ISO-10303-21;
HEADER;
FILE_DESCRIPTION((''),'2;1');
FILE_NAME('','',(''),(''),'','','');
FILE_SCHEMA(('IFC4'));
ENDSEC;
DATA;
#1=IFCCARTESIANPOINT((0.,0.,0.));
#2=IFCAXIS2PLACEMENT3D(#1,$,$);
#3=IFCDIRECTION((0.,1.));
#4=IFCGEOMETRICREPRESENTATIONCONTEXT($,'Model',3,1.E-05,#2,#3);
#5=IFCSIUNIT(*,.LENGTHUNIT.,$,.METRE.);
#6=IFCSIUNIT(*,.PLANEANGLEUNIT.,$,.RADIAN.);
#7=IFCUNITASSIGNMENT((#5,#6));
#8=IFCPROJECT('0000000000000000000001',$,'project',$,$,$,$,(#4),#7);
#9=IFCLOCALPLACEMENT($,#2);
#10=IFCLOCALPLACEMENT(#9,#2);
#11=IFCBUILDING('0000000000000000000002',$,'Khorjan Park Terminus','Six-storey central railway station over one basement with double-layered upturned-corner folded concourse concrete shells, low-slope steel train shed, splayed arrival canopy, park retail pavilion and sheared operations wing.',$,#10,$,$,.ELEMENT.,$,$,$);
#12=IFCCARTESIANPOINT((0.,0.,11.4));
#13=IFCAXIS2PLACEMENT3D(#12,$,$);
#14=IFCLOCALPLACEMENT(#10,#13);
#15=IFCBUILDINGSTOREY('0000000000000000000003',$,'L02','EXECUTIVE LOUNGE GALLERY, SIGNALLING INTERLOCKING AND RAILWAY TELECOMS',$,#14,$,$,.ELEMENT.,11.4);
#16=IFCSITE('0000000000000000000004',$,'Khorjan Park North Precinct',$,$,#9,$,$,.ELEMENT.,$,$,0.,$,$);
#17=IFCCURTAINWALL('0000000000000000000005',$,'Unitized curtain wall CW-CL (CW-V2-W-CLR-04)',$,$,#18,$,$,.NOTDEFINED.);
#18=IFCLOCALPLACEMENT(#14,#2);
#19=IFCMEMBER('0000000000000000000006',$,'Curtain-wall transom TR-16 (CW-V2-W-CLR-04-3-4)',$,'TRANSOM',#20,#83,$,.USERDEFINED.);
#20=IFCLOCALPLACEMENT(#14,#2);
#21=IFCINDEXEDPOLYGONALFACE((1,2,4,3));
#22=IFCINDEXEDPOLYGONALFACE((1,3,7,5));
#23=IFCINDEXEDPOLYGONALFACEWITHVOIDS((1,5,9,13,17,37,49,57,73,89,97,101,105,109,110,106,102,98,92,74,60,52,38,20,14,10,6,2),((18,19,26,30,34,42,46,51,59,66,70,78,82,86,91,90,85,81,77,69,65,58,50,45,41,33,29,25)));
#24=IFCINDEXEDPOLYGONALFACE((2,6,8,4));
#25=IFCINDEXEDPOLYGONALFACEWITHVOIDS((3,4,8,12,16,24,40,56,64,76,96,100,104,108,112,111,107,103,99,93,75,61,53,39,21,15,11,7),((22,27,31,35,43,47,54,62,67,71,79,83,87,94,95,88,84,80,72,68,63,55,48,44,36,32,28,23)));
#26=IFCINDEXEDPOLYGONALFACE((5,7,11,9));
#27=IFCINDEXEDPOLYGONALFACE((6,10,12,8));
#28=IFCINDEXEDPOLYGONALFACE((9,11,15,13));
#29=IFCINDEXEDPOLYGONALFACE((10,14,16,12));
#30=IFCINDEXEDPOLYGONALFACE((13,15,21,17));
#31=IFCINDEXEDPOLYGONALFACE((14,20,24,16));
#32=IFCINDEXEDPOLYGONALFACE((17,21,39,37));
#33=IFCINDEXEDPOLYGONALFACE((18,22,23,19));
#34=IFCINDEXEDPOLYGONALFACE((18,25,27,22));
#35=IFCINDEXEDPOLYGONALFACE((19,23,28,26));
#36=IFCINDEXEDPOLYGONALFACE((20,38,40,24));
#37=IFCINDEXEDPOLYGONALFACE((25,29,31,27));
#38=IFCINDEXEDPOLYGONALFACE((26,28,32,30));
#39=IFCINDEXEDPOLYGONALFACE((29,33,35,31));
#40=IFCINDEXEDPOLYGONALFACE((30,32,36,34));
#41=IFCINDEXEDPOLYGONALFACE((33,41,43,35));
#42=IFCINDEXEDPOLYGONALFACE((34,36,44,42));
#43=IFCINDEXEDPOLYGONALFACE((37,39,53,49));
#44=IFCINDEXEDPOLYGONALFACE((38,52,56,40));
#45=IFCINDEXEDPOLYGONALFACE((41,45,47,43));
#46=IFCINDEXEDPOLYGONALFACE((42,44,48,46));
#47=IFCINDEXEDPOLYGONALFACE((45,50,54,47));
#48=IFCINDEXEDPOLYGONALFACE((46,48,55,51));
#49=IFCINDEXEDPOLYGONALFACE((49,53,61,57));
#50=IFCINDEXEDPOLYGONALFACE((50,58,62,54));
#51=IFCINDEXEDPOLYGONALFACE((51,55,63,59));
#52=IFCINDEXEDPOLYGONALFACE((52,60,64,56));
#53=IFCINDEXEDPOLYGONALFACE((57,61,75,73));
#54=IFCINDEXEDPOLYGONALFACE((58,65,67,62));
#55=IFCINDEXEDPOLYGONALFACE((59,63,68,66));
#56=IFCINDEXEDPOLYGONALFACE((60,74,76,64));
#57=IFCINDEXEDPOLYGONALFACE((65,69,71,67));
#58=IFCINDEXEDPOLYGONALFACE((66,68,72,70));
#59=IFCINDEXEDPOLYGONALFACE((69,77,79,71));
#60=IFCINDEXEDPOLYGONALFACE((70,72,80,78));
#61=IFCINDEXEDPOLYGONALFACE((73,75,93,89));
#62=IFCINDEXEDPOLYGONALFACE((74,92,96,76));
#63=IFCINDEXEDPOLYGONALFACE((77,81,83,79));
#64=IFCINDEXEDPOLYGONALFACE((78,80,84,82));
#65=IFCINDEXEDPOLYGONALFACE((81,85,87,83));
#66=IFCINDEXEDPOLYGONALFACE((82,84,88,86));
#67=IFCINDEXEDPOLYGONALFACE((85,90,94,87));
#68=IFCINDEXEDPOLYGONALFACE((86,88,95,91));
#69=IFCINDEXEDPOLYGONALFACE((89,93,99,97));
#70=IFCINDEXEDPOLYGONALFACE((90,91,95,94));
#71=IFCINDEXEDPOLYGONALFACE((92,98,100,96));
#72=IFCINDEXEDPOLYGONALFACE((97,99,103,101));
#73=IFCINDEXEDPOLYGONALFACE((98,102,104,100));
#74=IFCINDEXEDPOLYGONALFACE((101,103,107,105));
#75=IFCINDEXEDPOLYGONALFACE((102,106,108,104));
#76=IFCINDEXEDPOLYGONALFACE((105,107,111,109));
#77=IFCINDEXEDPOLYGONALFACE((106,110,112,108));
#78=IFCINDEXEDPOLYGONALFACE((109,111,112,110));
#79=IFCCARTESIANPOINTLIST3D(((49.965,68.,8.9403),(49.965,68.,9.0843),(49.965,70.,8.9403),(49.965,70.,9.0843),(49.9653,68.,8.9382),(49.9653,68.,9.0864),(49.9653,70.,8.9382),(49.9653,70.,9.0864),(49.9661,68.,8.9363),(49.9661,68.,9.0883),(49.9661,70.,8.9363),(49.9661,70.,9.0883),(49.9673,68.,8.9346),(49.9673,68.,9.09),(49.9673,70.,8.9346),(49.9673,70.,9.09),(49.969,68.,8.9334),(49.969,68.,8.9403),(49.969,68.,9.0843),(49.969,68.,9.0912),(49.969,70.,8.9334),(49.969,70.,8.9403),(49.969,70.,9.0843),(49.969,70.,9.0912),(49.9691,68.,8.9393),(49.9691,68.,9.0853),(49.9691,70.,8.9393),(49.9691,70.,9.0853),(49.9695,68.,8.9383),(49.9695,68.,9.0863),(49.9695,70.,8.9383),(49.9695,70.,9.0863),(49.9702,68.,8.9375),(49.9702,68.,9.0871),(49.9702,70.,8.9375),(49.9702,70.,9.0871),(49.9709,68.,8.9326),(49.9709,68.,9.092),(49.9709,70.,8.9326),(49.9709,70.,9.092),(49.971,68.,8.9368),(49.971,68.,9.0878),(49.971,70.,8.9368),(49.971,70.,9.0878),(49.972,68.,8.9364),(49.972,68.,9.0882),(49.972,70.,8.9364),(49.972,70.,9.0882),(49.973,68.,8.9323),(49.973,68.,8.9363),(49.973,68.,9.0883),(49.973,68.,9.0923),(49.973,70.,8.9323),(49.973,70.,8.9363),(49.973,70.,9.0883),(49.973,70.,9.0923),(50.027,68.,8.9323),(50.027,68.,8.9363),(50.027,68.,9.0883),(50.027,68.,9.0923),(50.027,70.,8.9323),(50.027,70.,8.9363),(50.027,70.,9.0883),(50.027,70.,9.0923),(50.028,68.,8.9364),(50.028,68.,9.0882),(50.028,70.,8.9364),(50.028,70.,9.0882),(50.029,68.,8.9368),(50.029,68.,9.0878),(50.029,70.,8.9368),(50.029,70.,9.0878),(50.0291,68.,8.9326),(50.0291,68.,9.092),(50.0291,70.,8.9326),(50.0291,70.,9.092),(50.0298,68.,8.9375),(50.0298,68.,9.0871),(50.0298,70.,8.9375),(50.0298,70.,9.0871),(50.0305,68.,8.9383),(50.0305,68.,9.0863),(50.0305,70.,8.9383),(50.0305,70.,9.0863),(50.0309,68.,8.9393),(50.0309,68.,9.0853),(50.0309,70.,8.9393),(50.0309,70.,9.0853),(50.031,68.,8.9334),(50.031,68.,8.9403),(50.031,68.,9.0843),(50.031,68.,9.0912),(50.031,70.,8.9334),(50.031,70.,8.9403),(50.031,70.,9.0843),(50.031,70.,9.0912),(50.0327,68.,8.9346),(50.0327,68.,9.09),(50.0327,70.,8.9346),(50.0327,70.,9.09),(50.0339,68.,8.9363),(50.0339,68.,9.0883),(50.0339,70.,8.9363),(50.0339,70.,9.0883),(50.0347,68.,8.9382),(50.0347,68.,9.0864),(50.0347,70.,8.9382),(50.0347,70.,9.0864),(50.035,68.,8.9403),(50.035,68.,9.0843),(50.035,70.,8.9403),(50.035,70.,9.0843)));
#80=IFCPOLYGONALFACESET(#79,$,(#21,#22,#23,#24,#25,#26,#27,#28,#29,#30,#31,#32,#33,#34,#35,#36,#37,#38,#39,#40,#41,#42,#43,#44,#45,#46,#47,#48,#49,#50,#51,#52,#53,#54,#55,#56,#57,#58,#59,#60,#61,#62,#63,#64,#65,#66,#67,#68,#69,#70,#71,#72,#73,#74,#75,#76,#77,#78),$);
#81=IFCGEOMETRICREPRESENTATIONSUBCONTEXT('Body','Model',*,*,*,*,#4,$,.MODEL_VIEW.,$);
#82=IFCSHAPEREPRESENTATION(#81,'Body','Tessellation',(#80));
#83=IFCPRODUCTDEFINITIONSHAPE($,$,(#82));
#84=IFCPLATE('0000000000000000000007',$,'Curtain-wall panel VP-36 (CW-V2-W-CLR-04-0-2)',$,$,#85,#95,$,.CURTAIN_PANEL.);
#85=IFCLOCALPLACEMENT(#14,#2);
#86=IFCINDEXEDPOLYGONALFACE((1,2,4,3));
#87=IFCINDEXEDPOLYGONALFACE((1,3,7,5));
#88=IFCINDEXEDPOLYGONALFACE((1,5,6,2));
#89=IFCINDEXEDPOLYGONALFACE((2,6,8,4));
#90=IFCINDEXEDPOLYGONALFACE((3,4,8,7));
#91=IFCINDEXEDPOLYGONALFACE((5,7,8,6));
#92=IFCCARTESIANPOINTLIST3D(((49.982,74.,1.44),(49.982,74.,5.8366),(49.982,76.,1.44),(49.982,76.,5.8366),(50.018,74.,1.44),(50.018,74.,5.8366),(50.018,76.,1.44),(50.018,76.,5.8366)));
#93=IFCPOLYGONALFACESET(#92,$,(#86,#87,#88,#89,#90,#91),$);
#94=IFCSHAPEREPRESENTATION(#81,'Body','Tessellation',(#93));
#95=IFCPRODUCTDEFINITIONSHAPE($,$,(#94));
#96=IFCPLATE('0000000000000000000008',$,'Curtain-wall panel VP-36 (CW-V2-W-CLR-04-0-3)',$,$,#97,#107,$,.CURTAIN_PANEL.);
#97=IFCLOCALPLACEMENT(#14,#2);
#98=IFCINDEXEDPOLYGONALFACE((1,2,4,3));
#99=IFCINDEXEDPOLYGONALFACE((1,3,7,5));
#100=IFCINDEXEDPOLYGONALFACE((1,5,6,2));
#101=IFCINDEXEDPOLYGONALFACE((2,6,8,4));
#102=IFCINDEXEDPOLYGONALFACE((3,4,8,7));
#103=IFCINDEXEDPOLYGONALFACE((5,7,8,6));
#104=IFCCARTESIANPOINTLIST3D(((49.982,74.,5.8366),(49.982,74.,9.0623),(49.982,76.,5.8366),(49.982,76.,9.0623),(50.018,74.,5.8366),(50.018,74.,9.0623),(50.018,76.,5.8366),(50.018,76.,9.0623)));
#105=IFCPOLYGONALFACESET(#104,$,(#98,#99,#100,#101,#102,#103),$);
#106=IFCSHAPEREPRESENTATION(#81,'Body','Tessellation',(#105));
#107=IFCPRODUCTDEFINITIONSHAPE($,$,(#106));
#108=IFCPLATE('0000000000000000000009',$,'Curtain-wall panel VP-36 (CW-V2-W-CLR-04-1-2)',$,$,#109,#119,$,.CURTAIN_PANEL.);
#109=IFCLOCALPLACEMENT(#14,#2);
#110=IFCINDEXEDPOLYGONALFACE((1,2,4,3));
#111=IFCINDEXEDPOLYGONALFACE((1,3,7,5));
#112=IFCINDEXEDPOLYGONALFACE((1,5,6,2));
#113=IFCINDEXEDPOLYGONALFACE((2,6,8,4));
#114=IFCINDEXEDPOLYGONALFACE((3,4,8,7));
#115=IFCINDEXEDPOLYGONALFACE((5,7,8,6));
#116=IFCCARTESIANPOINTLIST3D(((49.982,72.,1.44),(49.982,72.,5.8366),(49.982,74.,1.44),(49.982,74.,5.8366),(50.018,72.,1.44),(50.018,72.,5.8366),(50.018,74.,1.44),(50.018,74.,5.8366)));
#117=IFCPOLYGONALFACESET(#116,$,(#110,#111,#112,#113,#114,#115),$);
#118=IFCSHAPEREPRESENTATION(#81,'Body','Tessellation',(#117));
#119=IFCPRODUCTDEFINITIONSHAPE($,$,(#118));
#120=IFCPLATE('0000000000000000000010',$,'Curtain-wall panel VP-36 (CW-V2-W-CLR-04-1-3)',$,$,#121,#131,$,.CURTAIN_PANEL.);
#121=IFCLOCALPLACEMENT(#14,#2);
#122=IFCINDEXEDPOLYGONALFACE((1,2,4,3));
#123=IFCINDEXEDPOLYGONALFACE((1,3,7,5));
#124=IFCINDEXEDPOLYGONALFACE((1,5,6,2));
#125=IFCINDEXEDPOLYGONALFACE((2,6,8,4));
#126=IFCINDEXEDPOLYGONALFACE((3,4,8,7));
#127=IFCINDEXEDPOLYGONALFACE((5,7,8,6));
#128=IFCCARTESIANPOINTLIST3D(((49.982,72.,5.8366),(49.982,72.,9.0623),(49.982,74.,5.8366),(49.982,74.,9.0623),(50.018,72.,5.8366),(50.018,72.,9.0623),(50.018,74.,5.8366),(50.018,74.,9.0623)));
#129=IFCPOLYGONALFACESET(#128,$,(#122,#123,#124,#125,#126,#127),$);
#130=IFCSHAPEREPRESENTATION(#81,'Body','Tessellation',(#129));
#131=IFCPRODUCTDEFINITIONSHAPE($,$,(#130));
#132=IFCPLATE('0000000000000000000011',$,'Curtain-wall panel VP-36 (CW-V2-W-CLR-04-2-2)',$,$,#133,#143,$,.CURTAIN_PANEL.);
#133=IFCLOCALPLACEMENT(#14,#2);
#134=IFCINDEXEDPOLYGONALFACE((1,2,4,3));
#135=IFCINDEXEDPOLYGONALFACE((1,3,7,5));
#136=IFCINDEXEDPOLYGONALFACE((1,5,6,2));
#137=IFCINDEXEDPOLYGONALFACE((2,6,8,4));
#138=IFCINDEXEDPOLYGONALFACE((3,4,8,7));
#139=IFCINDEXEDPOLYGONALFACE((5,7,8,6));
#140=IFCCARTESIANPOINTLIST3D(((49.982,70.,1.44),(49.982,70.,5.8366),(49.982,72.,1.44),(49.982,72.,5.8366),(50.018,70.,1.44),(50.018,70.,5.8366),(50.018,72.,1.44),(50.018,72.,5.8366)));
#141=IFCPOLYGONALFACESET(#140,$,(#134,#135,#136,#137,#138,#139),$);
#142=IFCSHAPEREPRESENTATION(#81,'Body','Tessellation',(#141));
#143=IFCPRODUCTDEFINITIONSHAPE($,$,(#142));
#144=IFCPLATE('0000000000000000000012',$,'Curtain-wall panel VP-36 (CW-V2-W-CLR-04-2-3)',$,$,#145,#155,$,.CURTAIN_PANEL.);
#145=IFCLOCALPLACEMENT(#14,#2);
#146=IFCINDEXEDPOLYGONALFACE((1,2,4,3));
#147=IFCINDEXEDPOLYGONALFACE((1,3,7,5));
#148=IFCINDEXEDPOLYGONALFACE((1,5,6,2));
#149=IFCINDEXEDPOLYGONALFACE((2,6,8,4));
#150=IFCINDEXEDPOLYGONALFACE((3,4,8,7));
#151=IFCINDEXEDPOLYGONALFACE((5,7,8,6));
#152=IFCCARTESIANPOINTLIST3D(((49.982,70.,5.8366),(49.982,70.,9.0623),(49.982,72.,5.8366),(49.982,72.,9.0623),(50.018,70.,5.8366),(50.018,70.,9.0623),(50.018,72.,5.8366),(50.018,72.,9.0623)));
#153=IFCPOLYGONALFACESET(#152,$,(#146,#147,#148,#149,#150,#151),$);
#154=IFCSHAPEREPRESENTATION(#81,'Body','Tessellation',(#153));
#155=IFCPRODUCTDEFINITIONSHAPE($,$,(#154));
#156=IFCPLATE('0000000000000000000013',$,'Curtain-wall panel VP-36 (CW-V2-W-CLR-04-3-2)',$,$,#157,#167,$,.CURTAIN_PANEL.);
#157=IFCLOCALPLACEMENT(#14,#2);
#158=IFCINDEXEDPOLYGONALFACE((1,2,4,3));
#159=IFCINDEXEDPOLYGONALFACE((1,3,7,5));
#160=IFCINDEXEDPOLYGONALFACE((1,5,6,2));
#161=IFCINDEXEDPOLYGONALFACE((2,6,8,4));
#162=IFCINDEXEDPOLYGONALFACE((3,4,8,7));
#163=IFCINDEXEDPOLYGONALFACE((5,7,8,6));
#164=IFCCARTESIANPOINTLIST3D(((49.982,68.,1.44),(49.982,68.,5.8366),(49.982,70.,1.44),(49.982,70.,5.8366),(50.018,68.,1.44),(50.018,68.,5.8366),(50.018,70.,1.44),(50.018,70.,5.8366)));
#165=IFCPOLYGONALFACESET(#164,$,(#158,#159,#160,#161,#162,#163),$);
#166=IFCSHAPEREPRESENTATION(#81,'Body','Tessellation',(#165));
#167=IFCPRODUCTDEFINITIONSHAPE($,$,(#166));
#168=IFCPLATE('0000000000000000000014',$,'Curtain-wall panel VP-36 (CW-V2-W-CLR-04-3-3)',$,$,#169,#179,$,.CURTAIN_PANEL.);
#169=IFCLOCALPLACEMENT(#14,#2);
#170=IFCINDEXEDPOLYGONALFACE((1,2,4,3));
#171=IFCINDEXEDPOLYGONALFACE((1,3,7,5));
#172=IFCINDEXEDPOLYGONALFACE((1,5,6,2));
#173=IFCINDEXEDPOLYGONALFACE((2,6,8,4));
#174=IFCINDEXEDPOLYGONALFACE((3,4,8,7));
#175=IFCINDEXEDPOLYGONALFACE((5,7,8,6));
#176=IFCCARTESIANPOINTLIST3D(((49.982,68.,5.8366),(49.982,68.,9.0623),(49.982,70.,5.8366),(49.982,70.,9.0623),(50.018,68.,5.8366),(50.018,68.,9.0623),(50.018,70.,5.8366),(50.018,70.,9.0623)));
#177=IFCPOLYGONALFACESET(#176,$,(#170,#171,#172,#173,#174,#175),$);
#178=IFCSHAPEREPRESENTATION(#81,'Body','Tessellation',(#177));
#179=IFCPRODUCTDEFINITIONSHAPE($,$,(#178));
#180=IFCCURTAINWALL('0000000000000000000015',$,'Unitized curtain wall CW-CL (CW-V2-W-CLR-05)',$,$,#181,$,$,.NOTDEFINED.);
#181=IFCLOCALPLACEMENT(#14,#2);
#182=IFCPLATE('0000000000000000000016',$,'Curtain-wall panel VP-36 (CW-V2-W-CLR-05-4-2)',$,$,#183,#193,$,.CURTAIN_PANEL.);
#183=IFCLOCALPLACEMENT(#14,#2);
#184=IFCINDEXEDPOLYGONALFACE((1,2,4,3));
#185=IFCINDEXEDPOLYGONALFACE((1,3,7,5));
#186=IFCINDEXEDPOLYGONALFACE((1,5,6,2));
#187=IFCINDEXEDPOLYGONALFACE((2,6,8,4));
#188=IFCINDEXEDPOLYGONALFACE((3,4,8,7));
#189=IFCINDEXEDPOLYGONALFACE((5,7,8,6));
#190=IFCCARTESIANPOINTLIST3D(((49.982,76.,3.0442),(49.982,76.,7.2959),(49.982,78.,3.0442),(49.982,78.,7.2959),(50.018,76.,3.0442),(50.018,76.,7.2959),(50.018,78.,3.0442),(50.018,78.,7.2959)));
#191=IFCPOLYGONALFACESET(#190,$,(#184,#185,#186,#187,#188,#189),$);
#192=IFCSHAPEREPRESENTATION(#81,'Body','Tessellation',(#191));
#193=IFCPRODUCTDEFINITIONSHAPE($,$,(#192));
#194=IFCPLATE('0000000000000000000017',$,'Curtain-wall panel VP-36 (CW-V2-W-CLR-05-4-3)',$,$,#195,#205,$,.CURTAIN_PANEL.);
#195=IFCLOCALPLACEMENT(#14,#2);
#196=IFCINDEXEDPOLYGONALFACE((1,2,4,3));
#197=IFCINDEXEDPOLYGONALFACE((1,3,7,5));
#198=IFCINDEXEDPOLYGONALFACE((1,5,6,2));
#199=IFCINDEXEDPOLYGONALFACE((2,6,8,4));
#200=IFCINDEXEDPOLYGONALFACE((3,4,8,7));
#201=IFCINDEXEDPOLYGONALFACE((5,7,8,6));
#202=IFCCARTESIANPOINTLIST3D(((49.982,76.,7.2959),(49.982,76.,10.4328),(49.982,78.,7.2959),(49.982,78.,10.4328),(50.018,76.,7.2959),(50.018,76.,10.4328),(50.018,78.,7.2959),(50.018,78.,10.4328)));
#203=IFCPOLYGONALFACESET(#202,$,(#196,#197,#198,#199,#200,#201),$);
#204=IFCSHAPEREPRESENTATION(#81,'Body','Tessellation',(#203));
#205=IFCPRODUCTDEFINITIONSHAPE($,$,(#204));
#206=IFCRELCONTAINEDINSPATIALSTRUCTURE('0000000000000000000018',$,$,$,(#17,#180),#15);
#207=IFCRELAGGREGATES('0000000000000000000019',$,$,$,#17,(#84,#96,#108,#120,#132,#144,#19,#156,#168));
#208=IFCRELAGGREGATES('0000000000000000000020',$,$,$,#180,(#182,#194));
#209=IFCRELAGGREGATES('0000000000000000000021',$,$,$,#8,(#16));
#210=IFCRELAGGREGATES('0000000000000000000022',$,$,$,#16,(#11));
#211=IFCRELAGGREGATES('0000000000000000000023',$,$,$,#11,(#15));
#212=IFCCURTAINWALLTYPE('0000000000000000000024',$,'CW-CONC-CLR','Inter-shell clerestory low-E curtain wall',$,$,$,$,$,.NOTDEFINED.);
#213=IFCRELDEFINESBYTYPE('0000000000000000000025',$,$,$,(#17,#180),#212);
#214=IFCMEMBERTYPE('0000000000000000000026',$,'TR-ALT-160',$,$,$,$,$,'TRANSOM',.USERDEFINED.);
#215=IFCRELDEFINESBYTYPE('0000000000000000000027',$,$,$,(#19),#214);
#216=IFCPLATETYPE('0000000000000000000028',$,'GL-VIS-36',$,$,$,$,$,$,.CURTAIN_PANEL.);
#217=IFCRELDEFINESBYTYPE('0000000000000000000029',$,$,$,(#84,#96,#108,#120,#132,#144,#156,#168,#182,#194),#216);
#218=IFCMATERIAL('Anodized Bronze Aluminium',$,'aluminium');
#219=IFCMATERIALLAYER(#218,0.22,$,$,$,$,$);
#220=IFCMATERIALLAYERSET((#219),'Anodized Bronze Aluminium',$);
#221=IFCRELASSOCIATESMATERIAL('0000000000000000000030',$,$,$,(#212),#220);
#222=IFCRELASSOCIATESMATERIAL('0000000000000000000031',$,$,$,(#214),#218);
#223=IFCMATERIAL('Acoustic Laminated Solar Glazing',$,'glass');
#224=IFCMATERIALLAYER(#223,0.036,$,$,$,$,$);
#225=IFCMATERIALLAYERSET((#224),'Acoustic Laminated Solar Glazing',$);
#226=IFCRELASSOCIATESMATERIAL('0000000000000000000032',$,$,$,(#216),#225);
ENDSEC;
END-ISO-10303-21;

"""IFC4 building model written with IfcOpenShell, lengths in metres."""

from ifc_helpers import new_model, si_unit, direction, frame, origin, origin_2d, place, context, subcontext, project, spatial, rectangle, hollow_rectangle, extrude, material, layer, layer_set, material_profile, profile_set, type_object, element, aggregate, save


model = new_model("IFC4")

# Units and contexts
model_context = context("Model", 3, precision=1e-05, world=origin(), true_north=direction((0.0, 1.0)))
body_context = subcontext(model_context, "Body", "Model", "MODEL_VIEW")
ifc_project = project(units=[si_unit("LENGTHUNIT", "METRE"), si_unit("PLANEANGLEUNIT", "RADIAN")], contexts=[model_context])

# Site, building, storey
site_placement = place(None, origin())
site = spatial("IfcSite", under=ifc_project, at=site_placement, Name="Khorjan Park North Precinct", CompositionType="ELEMENT", RefElevation=0.0)
building_placement = place(site_placement, origin())
building = spatial("IfcBuilding", under=site, at=building_placement, Name="Khorjan Park Terminus", Description="Six-storey central railway station over one basement with double-layered upturned-corner folded concourse concrete shells, low-slope steel train shed, splayed arrival canopy, park retail pavilion and sheared operations wing.", CompositionType="ELEMENT")
storey_placement = place(building_placement, frame((0.0, 0.0, 11.4)))
storey = spatial("IfcBuildingStorey", under=building, at=storey_placement, Name="L02", Description="EXECUTIVE LOUNGE GALLERY, SIGNALLING INTERLOCKING AND RAILWAY TELECOMS", CompositionType="ELEMENT", Elevation=11.4)

# Curtain wall, member, plates
ifc_material_1 = material(Name="Anodized Bronze Aluminium", Category="aluminium")
ifc_layer_1 = layer(ifc_material_1, 0.22)
ifc_layer_set_1 = layer_set([ifc_layer_1], Name="Anodized Bronze Aluminium")
curtain_wall_type = type_object("IfcCurtainWallType", Name="CW-CONC-CLR", Description="Inter-shell clerestory low-E curtain wall", PredefinedType="NOTDEFINED", material=ifc_layer_set_1)
curtain_wall_1_placement = place(storey_placement, origin())
curtain_wall_1 = element("IfcCurtainWall", 1, at=curtain_wall_1_placement, inside=storey, type_object=curtain_wall_type, Name="Unitized curtain wall CW-CL (CW-V2-W-CLR-04)", PredefinedType="NOTDEFINED")
ifc_material_profile_1 = material_profile(ifc_material_1, hollow_rectangle(XDim=0.07, YDim=0.16, WallThickness=0.004, InnerFilletRadius=0.004, OuterFilletRadius=0.008, at=origin_2d()), Name="ALT 70x160x4")
ifc_profile_set_1 = profile_set([ifc_material_profile_1], Name="Anodized Bronze Aluminium")
member_type_1 = type_object("IfcMemberType", Name="TR-ALT-160", ElementType="TRANSOM", PredefinedType="USERDEFINED", material=ifc_profile_set_1)
member_1_placement = place(storey_placement, frame((50.0, 70.0, 9.0123), z_axis=(0.0, -1.0, 0.0), x_axis=(1.0, 0.0, 0.0)))
member_1 = element("IfcMember", 2, at=member_1_placement, type_object=member_type_1, Name="Curtain-wall transom TR-16 (CW-V2-W-CLR-04-3-4)", ObjectType="TRANSOM", PredefinedType="USERDEFINED", context=body_context, shape_type="SweptSolid", body=[
    extrude(hollow_rectangle(XDim=0.07, YDim=0.16, WallThickness=0.004, InnerFilletRadius=0.004, OuterFilletRadius=0.008, at=origin_2d()), origin(), (0.0, 0.0, 1.0), 2.0),
])
ifc_material_2 = material(Name="Acoustic Laminated Solar Glazing", Category="glass")
ifc_layer_2 = layer(ifc_material_2, 0.036)
ifc_layer_set_2 = layer_set([ifc_layer_2], Name="Acoustic Laminated Solar Glazing")
plate_type_1 = type_object("IfcPlateType", Name="GL-VIS-36", PredefinedType="CURTAIN_PANEL", material=ifc_layer_set_2)
plate_1_placement = place(storey_placement, frame((50.0, 75.0, 1.44), z_axis=(0.0, 0.0, 1.0), x_axis=(0.0, -1.0, 0.0)))
plate_1 = element("IfcPlate", 3, at=plate_1_placement, type_object=plate_type_1, Name="Curtain-wall panel VP-36 (CW-V2-W-CLR-04-0-2)", PredefinedType="CURTAIN_PANEL", context=body_context, shape_type="SweptSolid", body=[
    extrude(rectangle(XDim=2.0, YDim=0.036, at=origin_2d()), origin(), (0.0, 0.0, 1.0), 4.3966),
])
plate_2_placement = place(storey_placement, frame((50.0, 75.0, 5.8366), z_axis=(0.0, 0.0, 1.0), x_axis=(0.0, -1.0, 0.0)))
plate_2 = element("IfcPlate", 4, at=plate_2_placement, type_object=plate_type_1, Name="Curtain-wall panel VP-36 (CW-V2-W-CLR-04-0-3)", PredefinedType="CURTAIN_PANEL", context=body_context, shape_type="SweptSolid", body=[
    extrude(rectangle(XDim=2.0, YDim=0.036, at=origin_2d()), origin(), (0.0, 0.0, 1.0), 3.2257),
])
plate_3_placement = place(storey_placement, frame((50.0, 73.0, 1.44), z_axis=(0.0, 0.0, 1.0), x_axis=(0.0, -1.0, 0.0)))
plate_3 = element("IfcPlate", 5, at=plate_3_placement, type_object=plate_type_1, Name="Curtain-wall panel VP-36 (CW-V2-W-CLR-04-1-2)", PredefinedType="CURTAIN_PANEL", context=body_context, shape_type="SweptSolid", body=[
    extrude(rectangle(XDim=2.0, YDim=0.036, at=origin_2d()), origin(), (0.0, 0.0, 1.0), 4.3966),
])
plate_4_placement = place(storey_placement, frame((50.0, 73.0, 5.8366), z_axis=(0.0, 0.0, 1.0), x_axis=(0.0, -1.0, 0.0)))
plate_4 = element("IfcPlate", 6, at=plate_4_placement, type_object=plate_type_1, Name="Curtain-wall panel VP-36 (CW-V2-W-CLR-04-1-3)", PredefinedType="CURTAIN_PANEL", context=body_context, shape_type="SweptSolid", body=[
    extrude(rectangle(XDim=2.0, YDim=0.036, at=origin_2d()), origin(), (0.0, 0.0, 1.0), 3.2257),
])
plate_5_placement = place(storey_placement, frame((50.0, 71.0, 1.44), z_axis=(0.0, 0.0, 1.0), x_axis=(0.0, -1.0, 0.0)))
plate_5 = element("IfcPlate", 7, at=plate_5_placement, type_object=plate_type_1, Name="Curtain-wall panel VP-36 (CW-V2-W-CLR-04-2-2)", PredefinedType="CURTAIN_PANEL", context=body_context, shape_type="SweptSolid", body=[
    extrude(rectangle(XDim=2.0, YDim=0.036, at=origin_2d()), origin(), (0.0, 0.0, 1.0), 4.3966),
])
plate_6_placement = place(storey_placement, frame((50.0, 71.0, 5.8366), z_axis=(0.0, 0.0, 1.0), x_axis=(0.0, -1.0, 0.0)))
plate_6 = element("IfcPlate", 8, at=plate_6_placement, type_object=plate_type_1, Name="Curtain-wall panel VP-36 (CW-V2-W-CLR-04-2-3)", PredefinedType="CURTAIN_PANEL", context=body_context, shape_type="SweptSolid", body=[
    extrude(rectangle(XDim=2.0, YDim=0.036, at=origin_2d()), origin(), (0.0, 0.0, 1.0), 3.2257),
])
plate_7_placement = place(storey_placement, frame((50.0, 69.0, 1.44), z_axis=(0.0, 0.0, 1.0), x_axis=(0.0, -1.0, 0.0)))
plate_7 = element("IfcPlate", 9, at=plate_7_placement, type_object=plate_type_1, Name="Curtain-wall panel VP-36 (CW-V2-W-CLR-04-3-2)", PredefinedType="CURTAIN_PANEL", context=body_context, shape_type="SweptSolid", body=[
    extrude(rectangle(XDim=2.0, YDim=0.036, at=origin_2d()), origin(), (0.0, 0.0, 1.0), 4.3966),
])
plate_8_placement = place(storey_placement, frame((50.0, 69.0, 5.8366), z_axis=(0.0, 0.0, 1.0), x_axis=(0.0, -1.0, 0.0)))
plate_8 = element("IfcPlate", 10, at=plate_8_placement, type_object=plate_type_1, Name="Curtain-wall panel VP-36 (CW-V2-W-CLR-04-3-3)", PredefinedType="CURTAIN_PANEL", context=body_context, shape_type="SweptSolid", body=[
    extrude(rectangle(XDim=2.0, YDim=0.036, at=origin_2d()), origin(), (0.0, 0.0, 1.0), 3.2257),
])

# Curtain wall, plates
curtain_wall_2_placement = place(storey_placement, origin())
curtain_wall_2 = element("IfcCurtainWall", 11, at=curtain_wall_2_placement, inside=storey, type_object=curtain_wall_type, Name="Unitized curtain wall CW-CL (CW-V2-W-CLR-05)", PredefinedType="NOTDEFINED")
plate_9_placement = place(storey_placement, frame((50.0, 77.0, 3.0442), z_axis=(0.0, 0.0, 1.0), x_axis=(0.0, -1.0, 0.0)))
plate_9 = element("IfcPlate", 12, at=plate_9_placement, type_object=plate_type_1, Name="Curtain-wall panel VP-36 (CW-V2-W-CLR-05-4-2)", PredefinedType="CURTAIN_PANEL", context=body_context, shape_type="SweptSolid", body=[
    extrude(rectangle(XDim=2.0, YDim=0.036, at=origin_2d()), origin(), (0.0, 0.0, 1.0), 4.2517),
])
plate_10_placement = place(storey_placement, frame((50.0, 77.0, 7.2959), z_axis=(0.0, 0.0, 1.0), x_axis=(0.0, -1.0, 0.0)))
plate_10 = element("IfcPlate", 13, at=plate_10_placement, type_object=plate_type_1, Name="Curtain-wall panel VP-36 (CW-V2-W-CLR-05-4-3)", PredefinedType="CURTAIN_PANEL", context=body_context, shape_type="SweptSolid", body=[
    extrude(rectangle(XDim=2.0, YDim=0.036, at=origin_2d()), origin(), (0.0, 0.0, 1.0), 3.1369),
])

aggregate(curtain_wall_1, [plate_1, plate_2, plate_3, plate_4, plate_5, plate_6, member_1, plate_7, plate_8])
aggregate(curtain_wall_2, [plate_9, plate_10])

save(model, "model.ifc")
